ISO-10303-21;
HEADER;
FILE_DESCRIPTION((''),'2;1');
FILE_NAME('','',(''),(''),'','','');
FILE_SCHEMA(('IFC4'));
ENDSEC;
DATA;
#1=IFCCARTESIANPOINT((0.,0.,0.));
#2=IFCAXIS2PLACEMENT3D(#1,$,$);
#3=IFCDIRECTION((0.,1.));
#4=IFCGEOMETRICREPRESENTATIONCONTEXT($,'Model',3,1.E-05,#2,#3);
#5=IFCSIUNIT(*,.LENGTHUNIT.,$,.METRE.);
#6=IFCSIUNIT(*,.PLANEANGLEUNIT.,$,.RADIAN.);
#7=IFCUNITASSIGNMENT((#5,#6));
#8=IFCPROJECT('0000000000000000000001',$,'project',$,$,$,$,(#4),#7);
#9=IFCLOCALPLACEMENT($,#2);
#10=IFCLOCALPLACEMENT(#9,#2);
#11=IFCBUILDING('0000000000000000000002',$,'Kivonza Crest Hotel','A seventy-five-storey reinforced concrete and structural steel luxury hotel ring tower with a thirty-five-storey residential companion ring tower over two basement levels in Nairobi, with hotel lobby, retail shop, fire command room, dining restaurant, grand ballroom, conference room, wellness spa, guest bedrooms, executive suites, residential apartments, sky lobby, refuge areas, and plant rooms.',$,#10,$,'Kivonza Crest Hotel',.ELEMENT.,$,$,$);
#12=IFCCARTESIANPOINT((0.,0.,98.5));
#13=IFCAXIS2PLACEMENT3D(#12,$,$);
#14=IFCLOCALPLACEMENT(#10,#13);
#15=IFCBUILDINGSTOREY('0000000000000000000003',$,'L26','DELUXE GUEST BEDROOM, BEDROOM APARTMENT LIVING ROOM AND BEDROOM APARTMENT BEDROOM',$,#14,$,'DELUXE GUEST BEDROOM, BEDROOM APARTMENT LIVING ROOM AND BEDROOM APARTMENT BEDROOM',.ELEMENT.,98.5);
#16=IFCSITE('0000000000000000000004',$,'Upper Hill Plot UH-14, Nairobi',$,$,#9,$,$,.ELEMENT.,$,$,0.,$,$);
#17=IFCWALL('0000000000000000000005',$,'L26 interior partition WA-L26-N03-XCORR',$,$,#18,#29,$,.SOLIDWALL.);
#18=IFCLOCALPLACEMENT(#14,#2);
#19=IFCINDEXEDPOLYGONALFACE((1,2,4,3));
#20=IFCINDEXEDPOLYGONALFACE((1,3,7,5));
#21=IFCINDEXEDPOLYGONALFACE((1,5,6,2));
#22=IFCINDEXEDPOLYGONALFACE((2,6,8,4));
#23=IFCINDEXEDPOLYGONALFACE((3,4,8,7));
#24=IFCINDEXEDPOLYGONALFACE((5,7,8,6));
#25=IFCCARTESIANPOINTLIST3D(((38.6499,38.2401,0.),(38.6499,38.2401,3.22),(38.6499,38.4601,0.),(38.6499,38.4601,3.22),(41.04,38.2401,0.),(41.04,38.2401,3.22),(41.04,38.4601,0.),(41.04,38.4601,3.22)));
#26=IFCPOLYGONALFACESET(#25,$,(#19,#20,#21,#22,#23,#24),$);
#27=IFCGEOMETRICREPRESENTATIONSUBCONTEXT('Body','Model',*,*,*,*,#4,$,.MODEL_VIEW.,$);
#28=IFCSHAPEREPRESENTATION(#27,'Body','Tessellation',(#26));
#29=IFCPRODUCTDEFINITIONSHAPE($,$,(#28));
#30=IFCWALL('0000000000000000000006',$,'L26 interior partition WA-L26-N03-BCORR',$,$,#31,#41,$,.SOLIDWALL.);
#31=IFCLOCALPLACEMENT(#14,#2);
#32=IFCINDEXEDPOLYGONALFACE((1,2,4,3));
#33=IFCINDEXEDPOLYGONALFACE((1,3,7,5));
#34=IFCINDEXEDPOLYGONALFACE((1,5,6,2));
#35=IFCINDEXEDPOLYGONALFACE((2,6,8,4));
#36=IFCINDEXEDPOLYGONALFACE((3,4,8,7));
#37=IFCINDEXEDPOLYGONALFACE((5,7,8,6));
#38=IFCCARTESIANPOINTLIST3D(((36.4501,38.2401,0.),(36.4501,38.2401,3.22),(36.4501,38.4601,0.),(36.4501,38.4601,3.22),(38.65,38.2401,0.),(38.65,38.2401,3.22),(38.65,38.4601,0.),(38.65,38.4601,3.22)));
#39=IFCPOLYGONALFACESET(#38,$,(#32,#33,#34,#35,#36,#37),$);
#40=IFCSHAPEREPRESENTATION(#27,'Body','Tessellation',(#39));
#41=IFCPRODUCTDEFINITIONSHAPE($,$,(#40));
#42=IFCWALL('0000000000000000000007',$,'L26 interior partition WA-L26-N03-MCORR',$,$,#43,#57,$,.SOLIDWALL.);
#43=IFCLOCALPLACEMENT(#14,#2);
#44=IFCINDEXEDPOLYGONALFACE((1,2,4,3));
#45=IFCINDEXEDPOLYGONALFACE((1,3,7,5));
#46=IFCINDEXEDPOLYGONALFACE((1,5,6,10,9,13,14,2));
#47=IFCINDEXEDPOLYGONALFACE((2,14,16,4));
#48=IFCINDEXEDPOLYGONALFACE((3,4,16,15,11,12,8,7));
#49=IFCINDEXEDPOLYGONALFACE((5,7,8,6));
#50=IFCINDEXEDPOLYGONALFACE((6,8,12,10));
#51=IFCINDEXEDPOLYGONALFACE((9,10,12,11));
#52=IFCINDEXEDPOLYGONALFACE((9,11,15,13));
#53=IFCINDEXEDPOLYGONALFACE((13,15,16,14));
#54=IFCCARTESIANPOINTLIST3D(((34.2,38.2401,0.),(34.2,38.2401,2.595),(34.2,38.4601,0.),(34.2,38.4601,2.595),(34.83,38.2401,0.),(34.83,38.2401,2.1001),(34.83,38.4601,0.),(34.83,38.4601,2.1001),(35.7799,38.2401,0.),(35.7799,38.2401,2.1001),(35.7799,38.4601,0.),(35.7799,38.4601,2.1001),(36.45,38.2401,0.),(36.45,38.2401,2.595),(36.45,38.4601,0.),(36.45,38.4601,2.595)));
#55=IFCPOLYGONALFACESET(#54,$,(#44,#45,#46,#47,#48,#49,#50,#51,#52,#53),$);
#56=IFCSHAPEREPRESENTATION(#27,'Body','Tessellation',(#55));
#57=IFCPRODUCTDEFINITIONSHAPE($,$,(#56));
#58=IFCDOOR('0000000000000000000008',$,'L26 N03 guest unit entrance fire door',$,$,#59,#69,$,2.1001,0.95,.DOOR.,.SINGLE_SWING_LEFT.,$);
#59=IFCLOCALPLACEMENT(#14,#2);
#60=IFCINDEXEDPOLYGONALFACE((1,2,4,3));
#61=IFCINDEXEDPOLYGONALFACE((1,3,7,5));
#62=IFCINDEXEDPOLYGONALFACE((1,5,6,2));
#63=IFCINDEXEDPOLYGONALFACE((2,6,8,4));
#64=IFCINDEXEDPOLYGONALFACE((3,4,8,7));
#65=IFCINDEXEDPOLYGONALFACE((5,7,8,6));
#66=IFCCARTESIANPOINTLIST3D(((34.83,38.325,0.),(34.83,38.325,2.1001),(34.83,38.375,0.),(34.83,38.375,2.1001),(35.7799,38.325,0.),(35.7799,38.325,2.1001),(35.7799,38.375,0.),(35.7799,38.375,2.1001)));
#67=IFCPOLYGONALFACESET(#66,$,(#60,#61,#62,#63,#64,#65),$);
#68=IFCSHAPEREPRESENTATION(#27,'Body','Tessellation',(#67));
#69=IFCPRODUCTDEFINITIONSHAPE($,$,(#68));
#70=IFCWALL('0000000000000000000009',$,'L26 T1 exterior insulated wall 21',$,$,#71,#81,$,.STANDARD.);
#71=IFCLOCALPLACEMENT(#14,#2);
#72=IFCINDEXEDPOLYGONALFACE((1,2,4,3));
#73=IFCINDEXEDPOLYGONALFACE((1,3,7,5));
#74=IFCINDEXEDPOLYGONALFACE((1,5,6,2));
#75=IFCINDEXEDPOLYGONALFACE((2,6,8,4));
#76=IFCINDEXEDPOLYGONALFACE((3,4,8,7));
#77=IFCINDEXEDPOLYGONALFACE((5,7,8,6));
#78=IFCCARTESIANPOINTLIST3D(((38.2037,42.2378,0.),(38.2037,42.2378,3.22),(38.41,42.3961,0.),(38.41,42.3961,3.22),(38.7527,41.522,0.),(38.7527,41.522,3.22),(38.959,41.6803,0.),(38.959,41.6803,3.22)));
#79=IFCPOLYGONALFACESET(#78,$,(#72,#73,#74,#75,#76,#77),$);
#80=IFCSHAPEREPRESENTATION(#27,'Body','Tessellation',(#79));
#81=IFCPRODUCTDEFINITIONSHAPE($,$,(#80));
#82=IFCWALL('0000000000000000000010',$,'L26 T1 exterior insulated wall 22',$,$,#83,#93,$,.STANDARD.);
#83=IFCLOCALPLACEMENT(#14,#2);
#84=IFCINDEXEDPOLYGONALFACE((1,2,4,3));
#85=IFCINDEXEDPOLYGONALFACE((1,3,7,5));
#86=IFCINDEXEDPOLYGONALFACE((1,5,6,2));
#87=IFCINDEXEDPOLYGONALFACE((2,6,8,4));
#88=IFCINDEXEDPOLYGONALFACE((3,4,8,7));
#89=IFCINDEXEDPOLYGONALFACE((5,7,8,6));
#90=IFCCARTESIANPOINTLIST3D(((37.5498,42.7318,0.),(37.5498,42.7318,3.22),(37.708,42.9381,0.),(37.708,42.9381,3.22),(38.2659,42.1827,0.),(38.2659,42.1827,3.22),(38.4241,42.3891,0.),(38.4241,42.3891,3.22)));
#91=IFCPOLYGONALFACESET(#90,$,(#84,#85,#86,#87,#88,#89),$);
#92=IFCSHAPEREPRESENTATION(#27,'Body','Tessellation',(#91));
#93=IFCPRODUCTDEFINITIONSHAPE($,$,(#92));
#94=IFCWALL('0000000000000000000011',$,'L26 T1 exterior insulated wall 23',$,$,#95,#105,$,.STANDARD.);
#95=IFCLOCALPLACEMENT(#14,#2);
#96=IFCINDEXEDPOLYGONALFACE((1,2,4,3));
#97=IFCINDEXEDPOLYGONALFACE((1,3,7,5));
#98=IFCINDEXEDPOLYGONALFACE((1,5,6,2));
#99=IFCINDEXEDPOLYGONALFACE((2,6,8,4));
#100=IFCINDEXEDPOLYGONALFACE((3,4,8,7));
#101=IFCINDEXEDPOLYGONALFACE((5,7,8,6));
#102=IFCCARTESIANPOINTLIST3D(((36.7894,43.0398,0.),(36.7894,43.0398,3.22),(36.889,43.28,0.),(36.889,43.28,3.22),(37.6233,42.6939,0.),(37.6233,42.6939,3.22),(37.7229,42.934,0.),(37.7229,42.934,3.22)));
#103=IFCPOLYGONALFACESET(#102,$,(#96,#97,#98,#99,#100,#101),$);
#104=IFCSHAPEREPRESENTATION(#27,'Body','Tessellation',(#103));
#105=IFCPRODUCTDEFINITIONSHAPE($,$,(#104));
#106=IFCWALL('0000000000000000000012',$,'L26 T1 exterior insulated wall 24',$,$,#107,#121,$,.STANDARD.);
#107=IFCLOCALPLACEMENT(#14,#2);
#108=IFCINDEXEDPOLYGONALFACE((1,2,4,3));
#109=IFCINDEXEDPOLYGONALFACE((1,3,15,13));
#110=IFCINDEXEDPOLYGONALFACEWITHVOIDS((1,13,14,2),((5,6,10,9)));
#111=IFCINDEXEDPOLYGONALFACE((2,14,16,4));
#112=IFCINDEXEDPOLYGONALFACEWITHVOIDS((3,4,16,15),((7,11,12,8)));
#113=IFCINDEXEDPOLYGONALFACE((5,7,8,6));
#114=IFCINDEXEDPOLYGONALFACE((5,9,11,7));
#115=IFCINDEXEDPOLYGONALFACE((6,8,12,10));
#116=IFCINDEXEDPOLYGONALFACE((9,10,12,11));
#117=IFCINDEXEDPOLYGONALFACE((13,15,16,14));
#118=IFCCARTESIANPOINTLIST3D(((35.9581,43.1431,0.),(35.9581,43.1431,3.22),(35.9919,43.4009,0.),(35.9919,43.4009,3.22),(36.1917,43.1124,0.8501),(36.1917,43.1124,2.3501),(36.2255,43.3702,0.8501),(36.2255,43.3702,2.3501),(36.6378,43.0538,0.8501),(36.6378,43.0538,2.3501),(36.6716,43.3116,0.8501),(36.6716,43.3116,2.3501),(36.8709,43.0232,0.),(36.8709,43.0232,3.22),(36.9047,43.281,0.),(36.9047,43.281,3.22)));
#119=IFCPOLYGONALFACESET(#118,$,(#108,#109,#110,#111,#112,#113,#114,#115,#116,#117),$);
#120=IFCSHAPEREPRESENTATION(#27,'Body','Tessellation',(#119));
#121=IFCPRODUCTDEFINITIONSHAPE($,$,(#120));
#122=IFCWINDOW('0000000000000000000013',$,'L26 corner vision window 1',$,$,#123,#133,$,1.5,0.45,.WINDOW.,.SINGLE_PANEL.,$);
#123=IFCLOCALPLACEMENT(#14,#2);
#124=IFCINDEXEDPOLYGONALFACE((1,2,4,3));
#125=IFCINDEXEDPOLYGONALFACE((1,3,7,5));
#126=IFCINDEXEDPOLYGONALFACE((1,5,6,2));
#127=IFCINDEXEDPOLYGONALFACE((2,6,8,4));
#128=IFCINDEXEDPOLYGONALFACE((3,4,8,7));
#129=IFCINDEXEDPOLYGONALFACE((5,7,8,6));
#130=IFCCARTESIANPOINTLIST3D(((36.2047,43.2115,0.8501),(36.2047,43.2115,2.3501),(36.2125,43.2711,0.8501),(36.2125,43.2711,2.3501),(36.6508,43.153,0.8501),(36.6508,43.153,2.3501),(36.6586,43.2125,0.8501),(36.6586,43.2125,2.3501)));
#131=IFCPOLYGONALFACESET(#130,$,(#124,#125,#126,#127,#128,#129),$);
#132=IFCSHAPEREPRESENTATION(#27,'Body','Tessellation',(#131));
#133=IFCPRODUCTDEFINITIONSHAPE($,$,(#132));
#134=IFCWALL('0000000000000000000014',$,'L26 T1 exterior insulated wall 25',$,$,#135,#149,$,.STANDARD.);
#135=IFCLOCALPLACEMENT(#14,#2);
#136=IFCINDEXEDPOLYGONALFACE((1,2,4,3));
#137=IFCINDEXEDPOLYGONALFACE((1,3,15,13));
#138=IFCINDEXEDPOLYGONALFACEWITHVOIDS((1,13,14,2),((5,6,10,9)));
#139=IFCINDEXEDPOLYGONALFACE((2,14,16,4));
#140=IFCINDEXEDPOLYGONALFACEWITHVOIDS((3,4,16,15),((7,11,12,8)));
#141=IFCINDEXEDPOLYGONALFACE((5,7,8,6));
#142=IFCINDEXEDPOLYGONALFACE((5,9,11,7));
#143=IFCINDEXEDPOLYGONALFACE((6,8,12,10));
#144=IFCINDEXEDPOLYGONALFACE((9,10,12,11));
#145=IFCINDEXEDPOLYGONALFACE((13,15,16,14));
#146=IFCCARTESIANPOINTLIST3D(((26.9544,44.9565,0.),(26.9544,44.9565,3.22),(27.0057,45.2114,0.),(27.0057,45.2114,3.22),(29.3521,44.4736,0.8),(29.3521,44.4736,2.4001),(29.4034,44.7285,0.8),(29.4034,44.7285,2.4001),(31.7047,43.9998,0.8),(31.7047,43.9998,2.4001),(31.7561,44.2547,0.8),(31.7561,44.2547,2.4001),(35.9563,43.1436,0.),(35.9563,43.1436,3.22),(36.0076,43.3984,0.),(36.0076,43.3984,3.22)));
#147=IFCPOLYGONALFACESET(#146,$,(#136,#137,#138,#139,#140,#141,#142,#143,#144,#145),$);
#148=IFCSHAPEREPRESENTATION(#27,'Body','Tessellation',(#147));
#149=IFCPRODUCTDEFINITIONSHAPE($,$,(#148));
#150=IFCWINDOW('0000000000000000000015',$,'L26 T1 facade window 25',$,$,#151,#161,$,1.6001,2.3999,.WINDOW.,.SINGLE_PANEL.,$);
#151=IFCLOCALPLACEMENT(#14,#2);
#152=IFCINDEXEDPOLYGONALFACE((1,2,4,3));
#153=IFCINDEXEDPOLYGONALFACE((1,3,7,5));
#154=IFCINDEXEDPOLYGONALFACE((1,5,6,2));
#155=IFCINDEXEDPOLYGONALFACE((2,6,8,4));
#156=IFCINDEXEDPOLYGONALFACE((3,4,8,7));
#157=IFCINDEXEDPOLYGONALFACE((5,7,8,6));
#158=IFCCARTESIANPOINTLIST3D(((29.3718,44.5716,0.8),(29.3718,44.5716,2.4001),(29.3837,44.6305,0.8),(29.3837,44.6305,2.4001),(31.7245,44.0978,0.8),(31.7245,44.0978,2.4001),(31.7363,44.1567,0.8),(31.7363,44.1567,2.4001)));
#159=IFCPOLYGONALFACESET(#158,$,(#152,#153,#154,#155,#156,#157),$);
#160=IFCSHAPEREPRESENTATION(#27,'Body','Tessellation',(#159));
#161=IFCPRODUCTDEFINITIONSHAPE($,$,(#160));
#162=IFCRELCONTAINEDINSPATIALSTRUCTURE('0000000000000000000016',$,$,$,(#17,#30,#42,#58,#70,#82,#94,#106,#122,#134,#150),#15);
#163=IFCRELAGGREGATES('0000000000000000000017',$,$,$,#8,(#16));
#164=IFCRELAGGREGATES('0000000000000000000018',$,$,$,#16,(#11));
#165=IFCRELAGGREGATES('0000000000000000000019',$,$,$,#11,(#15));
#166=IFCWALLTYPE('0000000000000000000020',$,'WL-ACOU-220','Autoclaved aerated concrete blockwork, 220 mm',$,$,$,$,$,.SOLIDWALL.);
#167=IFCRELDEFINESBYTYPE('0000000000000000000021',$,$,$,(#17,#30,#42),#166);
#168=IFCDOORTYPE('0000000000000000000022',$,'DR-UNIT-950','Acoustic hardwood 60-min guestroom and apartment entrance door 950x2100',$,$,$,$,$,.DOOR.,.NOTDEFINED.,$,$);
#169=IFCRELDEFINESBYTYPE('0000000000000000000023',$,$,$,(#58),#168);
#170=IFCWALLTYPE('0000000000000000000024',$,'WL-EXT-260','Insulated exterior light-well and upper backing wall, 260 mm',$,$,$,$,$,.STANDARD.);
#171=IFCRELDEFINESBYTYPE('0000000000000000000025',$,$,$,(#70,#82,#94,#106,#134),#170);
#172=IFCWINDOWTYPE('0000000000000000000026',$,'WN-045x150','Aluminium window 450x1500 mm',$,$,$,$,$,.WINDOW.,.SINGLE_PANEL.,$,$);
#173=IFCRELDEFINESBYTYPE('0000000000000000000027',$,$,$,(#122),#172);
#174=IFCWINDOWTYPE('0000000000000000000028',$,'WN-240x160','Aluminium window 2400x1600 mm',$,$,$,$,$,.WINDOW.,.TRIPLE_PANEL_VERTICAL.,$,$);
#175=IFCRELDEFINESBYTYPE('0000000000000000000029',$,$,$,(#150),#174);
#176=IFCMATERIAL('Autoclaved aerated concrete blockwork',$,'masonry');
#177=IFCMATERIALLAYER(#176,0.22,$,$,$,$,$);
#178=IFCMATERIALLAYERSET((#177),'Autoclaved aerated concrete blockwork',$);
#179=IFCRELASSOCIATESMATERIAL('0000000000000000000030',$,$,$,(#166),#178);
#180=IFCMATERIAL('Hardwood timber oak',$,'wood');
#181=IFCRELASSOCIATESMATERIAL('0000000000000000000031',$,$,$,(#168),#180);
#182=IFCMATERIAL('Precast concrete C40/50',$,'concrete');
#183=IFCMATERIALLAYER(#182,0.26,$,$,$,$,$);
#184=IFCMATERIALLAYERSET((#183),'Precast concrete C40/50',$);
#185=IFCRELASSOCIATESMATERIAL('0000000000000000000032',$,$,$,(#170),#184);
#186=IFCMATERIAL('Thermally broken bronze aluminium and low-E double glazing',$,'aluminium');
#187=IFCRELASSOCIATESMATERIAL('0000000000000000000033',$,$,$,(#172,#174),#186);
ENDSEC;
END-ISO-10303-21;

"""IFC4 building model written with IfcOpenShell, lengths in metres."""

from ifc_helpers import new_model, si_unit, direction, frame, frame_2d, origin, place, context, subcontext, project, spatial, rectangle, extrude, material, layer, layer_set, type_object, element, fill, save


model = new_model("IFC4")

# Units and contexts
model_context = context("Model", 3, precision=1e-05, world=origin(), true_north=direction((0.0, 1.0)))
body_context = subcontext(model_context, "Body", "Model", "MODEL_VIEW")
ifc_project = project(units=[si_unit("LENGTHUNIT", "METRE"), si_unit("PLANEANGLEUNIT", "RADIAN")], contexts=[model_context])

# Site, building, storey
site_placement = place(None, origin())
site = spatial("IfcSite", under=ifc_project, at=site_placement, Name="Upper Hill Plot UH-14, Nairobi", CompositionType="ELEMENT", RefElevation=0.0)
building_placement = place(site_placement, origin())
building = spatial("IfcBuilding", under=site, at=building_placement, Name="Kivonza Crest Hotel", Description="A seventy-five-storey reinforced concrete and structural steel luxury hotel ring tower with a thirty-five-storey residential companion ring tower over two basement levels in Nairobi, with hotel lobby, retail shop, fire command room, dining restaurant, grand ballroom, conference room, wellness spa, guest bedrooms, executive suites, residential apartments, sky lobby, refuge areas, and plant rooms.", LongName="Kivonza Crest Hotel", CompositionType="ELEMENT")
storey_placement = place(building_placement, frame((0.0, 0.0, 98.5)))
storey = spatial("IfcBuildingStorey", under=building, at=storey_placement, Name="L26", Description="DELUXE GUEST BEDROOM, BEDROOM APARTMENT LIVING ROOM AND BEDROOM APARTMENT BEDROOM", LongName="DELUXE GUEST BEDROOM, BEDROOM APARTMENT LIVING ROOM AND BEDROOM APARTMENT BEDROOM", CompositionType="ELEMENT", Elevation=98.5)

# Shared definitions
ifc_material_1 = material(Name="Autoclaved aerated concrete blockwork", Category="masonry")
ifc_layer_1 = layer(ifc_material_1, 0.22)
ifc_layer_set_1 = layer_set([ifc_layer_1], Name="Autoclaved aerated concrete blockwork")
wall_type_1 = type_object("IfcWallType", Name="WL-ACOU-220", Description="Autoclaved aerated concrete blockwork, 220 mm", PredefinedType="SOLIDWALL", material=ifc_layer_set_1)
ifc_material_2 = material(Name="Hardwood timber oak", Category="wood")
door_type_1 = type_object("IfcDoorType", Name="DR-UNIT-950", Description="Acoustic hardwood 60-min guestroom and apartment entrance door 950x2100", OperationType="NOTDEFINED", PredefinedType="DOOR", material=ifc_material_2)

# Walls
wall_1_placement = place(storey_placement, frame((38.6499, 38.3501, 0.0), z_axis=(0.0, 0.0, 1.0), x_axis=(1.0, 0.0, 0.0)))
element("IfcWall", 1, at=wall_1_placement, inside=storey, type_object=wall_type_1, Name="L26 interior partition WA-L26-N03-XCORR", PredefinedType="SOLIDWALL", context=body_context, shape_type="SweptSolid", body=[
    extrude(rectangle(XDim=2.3901, YDim=0.22, at=frame_2d((1.1951, 0.0))), origin(), (0.0, 0.0, 1.0), 3.22),
])
wall_2_placement = place(storey_placement, frame((36.45, 38.3501, 0.0), z_axis=(0.0, 0.0, 1.0), x_axis=(1.0, 0.0, 0.0)))
element("IfcWall", 2, at=wall_2_placement, inside=storey, type_object=wall_type_1, Name="L26 interior partition WA-L26-N03-BCORR", PredefinedType="SOLIDWALL", context=body_context, shape_type="SweptSolid", body=[
    extrude(rectangle(XDim=2.2, YDim=0.22, at=frame_2d((1.1001, 0.0))), origin(), (0.0, 0.0, 1.0), 3.22),
])

# Wall, opening, door
wall_3_placement = place(storey_placement, frame((34.2, 38.3501, 0.0), z_axis=(0.0, 0.0, 1.0), x_axis=(1.0, 0.0, 0.0)))
wall_3 = element("IfcWall", 3, at=wall_3_placement, inside=storey, type_object=wall_type_1, Name="L26 interior partition WA-L26-N03-MCORR", PredefinedType="SOLIDWALL", context=body_context, shape_type="SweptSolid", body=[
    extrude(rectangle(XDim=2.25, YDim=0.22, at=frame_2d((1.125, 0.0))), origin(), (0.0, 0.0, 1.0), 2.595),
])
opening_1_placement = place(wall_3_placement, frame((0.6299, 0.0, 0.0)))
opening_1 = element("IfcOpeningElement", 4, at=opening_1_placement, cuts=wall_3, PredefinedType="OPENING", context=body_context, shape_type="SweptSolid", body=[
    extrude(rectangle(XDim=0.95, YDim=2.1001, at=frame_2d((0.4751, 1.05))), frame((0.0, 0.1201, 0.0), z_axis=(0.0, -1.0, 0.0), x_axis=(1.0, 0.0, 0.0)), (0.0, 0.0, 1.0), 0.24),
])
door_1_placement = place(opening_1_placement, origin())
door_1 = element("IfcDoor", 5, at=door_1_placement, inside=storey, type_object=door_type_1, Name="L26 N03 guest unit entrance fire door", OperationType="SINGLE_SWING_LEFT", OverallHeight=2.1001, OverallWidth=0.95, PredefinedType="DOOR", context=body_context, shape_type="SweptSolid", body=[
    extrude(rectangle(XDim=0.95, YDim=2.1001, at=frame_2d((0.4751, 1.05))), frame((0.0, 0.0249, 0.0), z_axis=(0.0, -1.0, 0.0), x_axis=(1.0, 0.0, 0.0)), (0.0, 0.0, 1.0), 0.05),
])
fill(opening_1, door_1)

# Walls
ifc_material_3 = material(Name="Precast concrete C40/50", Category="concrete")
ifc_layer_2 = layer(ifc_material_3, 0.26)
ifc_layer_set_2 = layer_set([ifc_layer_2], Name="Precast concrete C40/50")
wall_type_2 = type_object("IfcWallType", Name="WL-EXT-260", Description="Insulated exterior light-well and upper backing wall, 260 mm", PredefinedType="STANDARD", material=ifc_layer_set_2)
wall_4_placement = place(storey_placement, frame((38.856, 41.6011, 0.0), z_axis=(0.0, 0.0, 1.0), x_axis=(-0.608625, 0.793458, 0.0)))
element("IfcWall", 6, at=wall_4_placement, inside=storey, type_object=wall_type_2, Name="L26 T1 exterior insulated wall 21", PredefinedType="STANDARD", context=body_context, shape_type="SweptSolid", body=[
    extrude(rectangle(XDim=0.9021, YDim=0.26, at=frame_2d((0.4512, 0.0))), origin(), (0.0, 0.0, 1.0), 3.22),
])
wall_5_placement = place(storey_placement, frame((38.345, 42.2859, 0.0), z_axis=(0.0, 0.0, 1.0), x_axis=(-0.793558, 0.608494, 0.0)))
element("IfcWall", 7, at=wall_5_placement, inside=storey, type_object=wall_type_2, Name="L26 T1 exterior insulated wall 22", PredefinedType="STANDARD", context=body_context, shape_type="SweptSolid", body=[
    extrude(rectangle(XDim=0.9023, YDim=0.26, at=frame_2d((0.4512, 0.0))), origin(), (0.0, 0.0, 1.0), 3.22),
])
wall_6_placement = place(storey_placement, frame((37.6731, 42.814, 0.0), z_axis=(0.0, 0.0, 1.0), x_axis=(-0.923684, 0.383156, 0.0)))
element("IfcWall", 8, at=wall_6_placement, inside=storey, type_object=wall_type_2, Name="L26 T1 exterior insulated wall 23", PredefinedType="STANDARD", context=body_context, shape_type="SweptSolid", body=[
    extrude(rectangle(XDim=0.9028, YDim=0.26, at=frame_2d((0.4514, 0.0))), origin(), (0.0, 0.0, 1.0), 3.22),
])

# Walls, openings, windows
wall_7_placement = place(storey_placement, frame((36.8879, 43.1521, 0.0), z_axis=(0.0, 0.0, 1.0), x_axis=(-0.991488, 0.130201, 0.0)))
wall_7 = element("IfcWall", 9, at=wall_7_placement, inside=storey, type_object=wall_type_2, Name="L26 T1 exterior insulated wall 24", PredefinedType="STANDARD", context=body_context, shape_type="SweptSolid", body=[
    extrude(rectangle(XDim=0.9207, YDim=0.26, at=frame_2d((0.4604, 0.0))), origin(), (0.0, 0.0, 1.0), 3.22),
])
opening_2_placement = place(wall_7_placement, frame((0.2351, 0.0, 0.8501)))
opening_2 = element("IfcOpeningElement", 10, at=opening_2_placement, cuts=wall_7, PredefinedType="OPENING", context=body_context, shape_type="SweptSolid", body=[
    extrude(rectangle(XDim=0.45, YDim=1.5, at=frame_2d((0.2251, 0.75))), frame((0.0, 0.1401, 0.0), z_axis=(0.0, -1.0, 0.0), x_axis=(1.0, 0.0, 0.0)), (0.0, 0.0, 1.0), 0.28),
])
ifc_material_4 = material(Name="Thermally broken bronze aluminium and low-E double glazing", Category="aluminium")
window_type_1 = type_object("IfcWindowType", Name="WN-045x150", Description="Aluminium window 450x1500 mm", PartitioningType="SINGLE_PANEL", PredefinedType="WINDOW", material=ifc_material_4)
window_1_placement = place(opening_2_placement, origin())
window_1 = element("IfcWindow", 11, at=window_1_placement, inside=storey, type_object=window_type_1, Name="L26 corner vision window 1", OverallHeight=1.5, OverallWidth=0.45, PartitioningType="SINGLE_PANEL", PredefinedType="WINDOW", context=body_context, shape_type="SweptSolid", body=[
    extrude(rectangle(XDim=0.45, YDim=1.5, at=frame_2d((0.2251, 0.75))), frame((0.0, 0.03, 0.0), z_axis=(0.0, -1.0, 0.0), x_axis=(1.0, 0.0, 0.0)), (0.0, 0.0, 1.0), 0.0601),
])
fill(opening_2, window_1)
wall_8_placement = place(storey_placement, frame((35.9819, 43.271, 0.0), z_axis=(0.0, 0.0, 1.0), x_axis=(-0.980316, 0.197435, 0.0)))
wall_8 = element("IfcWall", 12, at=wall_8_placement, inside=storey, type_object=wall_type_2, Name="L26 T1 exterior insulated wall 25", PredefinedType="STANDARD", context=body_context, shape_type="SweptSolid", body=[
    extrude(rectangle(XDim=9.1826, YDim=0.26, at=frame_2d((4.5913, 0.0))), origin(), (0.0, 0.0, 1.0), 3.22),
])
opening_3_placement = place(wall_8_placement, frame((4.3369, 0.0, 0.8)))
opening_3 = element("IfcOpeningElement", 13, at=opening_3_placement, cuts=wall_8, PredefinedType="OPENING", context=body_context, shape_type="SweptSolid", body=[
    extrude(rectangle(XDim=2.3999, YDim=1.6001, at=frame_2d((1.2, 0.8))), frame((0.0, 0.1401, 0.0), z_axis=(0.0, -1.0, 0.0), x_axis=(1.0, 0.0, 0.0)), (0.0, 0.0, 1.0), 0.28),
])
window_type_2 = type_object("IfcWindowType", Name="WN-240x160", Description="Aluminium window 2400x1600 mm", PartitioningType="TRIPLE_PANEL_VERTICAL", PredefinedType="WINDOW", material=ifc_material_4)
window_2_placement = place(opening_3_placement, origin())
window_2 = element("IfcWindow", 14, at=window_2_placement, inside=storey, type_object=window_type_2, Name="L26 T1 facade window 25", OverallHeight=1.6001, OverallWidth=2.3999, PartitioningType="SINGLE_PANEL", PredefinedType="WINDOW", context=body_context, shape_type="SweptSolid", body=[
    extrude(rectangle(XDim=2.3999, YDim=1.6001, at=frame_2d((1.2, 0.8))), frame((0.0, 0.03, 0.0), z_axis=(0.0, -1.0, 0.0), x_axis=(1.0, 0.0, 0.0)), (0.0, 0.0, 1.0), 0.0601),
])
fill(opening_3, window_2)

save(model, "model.ifc")
